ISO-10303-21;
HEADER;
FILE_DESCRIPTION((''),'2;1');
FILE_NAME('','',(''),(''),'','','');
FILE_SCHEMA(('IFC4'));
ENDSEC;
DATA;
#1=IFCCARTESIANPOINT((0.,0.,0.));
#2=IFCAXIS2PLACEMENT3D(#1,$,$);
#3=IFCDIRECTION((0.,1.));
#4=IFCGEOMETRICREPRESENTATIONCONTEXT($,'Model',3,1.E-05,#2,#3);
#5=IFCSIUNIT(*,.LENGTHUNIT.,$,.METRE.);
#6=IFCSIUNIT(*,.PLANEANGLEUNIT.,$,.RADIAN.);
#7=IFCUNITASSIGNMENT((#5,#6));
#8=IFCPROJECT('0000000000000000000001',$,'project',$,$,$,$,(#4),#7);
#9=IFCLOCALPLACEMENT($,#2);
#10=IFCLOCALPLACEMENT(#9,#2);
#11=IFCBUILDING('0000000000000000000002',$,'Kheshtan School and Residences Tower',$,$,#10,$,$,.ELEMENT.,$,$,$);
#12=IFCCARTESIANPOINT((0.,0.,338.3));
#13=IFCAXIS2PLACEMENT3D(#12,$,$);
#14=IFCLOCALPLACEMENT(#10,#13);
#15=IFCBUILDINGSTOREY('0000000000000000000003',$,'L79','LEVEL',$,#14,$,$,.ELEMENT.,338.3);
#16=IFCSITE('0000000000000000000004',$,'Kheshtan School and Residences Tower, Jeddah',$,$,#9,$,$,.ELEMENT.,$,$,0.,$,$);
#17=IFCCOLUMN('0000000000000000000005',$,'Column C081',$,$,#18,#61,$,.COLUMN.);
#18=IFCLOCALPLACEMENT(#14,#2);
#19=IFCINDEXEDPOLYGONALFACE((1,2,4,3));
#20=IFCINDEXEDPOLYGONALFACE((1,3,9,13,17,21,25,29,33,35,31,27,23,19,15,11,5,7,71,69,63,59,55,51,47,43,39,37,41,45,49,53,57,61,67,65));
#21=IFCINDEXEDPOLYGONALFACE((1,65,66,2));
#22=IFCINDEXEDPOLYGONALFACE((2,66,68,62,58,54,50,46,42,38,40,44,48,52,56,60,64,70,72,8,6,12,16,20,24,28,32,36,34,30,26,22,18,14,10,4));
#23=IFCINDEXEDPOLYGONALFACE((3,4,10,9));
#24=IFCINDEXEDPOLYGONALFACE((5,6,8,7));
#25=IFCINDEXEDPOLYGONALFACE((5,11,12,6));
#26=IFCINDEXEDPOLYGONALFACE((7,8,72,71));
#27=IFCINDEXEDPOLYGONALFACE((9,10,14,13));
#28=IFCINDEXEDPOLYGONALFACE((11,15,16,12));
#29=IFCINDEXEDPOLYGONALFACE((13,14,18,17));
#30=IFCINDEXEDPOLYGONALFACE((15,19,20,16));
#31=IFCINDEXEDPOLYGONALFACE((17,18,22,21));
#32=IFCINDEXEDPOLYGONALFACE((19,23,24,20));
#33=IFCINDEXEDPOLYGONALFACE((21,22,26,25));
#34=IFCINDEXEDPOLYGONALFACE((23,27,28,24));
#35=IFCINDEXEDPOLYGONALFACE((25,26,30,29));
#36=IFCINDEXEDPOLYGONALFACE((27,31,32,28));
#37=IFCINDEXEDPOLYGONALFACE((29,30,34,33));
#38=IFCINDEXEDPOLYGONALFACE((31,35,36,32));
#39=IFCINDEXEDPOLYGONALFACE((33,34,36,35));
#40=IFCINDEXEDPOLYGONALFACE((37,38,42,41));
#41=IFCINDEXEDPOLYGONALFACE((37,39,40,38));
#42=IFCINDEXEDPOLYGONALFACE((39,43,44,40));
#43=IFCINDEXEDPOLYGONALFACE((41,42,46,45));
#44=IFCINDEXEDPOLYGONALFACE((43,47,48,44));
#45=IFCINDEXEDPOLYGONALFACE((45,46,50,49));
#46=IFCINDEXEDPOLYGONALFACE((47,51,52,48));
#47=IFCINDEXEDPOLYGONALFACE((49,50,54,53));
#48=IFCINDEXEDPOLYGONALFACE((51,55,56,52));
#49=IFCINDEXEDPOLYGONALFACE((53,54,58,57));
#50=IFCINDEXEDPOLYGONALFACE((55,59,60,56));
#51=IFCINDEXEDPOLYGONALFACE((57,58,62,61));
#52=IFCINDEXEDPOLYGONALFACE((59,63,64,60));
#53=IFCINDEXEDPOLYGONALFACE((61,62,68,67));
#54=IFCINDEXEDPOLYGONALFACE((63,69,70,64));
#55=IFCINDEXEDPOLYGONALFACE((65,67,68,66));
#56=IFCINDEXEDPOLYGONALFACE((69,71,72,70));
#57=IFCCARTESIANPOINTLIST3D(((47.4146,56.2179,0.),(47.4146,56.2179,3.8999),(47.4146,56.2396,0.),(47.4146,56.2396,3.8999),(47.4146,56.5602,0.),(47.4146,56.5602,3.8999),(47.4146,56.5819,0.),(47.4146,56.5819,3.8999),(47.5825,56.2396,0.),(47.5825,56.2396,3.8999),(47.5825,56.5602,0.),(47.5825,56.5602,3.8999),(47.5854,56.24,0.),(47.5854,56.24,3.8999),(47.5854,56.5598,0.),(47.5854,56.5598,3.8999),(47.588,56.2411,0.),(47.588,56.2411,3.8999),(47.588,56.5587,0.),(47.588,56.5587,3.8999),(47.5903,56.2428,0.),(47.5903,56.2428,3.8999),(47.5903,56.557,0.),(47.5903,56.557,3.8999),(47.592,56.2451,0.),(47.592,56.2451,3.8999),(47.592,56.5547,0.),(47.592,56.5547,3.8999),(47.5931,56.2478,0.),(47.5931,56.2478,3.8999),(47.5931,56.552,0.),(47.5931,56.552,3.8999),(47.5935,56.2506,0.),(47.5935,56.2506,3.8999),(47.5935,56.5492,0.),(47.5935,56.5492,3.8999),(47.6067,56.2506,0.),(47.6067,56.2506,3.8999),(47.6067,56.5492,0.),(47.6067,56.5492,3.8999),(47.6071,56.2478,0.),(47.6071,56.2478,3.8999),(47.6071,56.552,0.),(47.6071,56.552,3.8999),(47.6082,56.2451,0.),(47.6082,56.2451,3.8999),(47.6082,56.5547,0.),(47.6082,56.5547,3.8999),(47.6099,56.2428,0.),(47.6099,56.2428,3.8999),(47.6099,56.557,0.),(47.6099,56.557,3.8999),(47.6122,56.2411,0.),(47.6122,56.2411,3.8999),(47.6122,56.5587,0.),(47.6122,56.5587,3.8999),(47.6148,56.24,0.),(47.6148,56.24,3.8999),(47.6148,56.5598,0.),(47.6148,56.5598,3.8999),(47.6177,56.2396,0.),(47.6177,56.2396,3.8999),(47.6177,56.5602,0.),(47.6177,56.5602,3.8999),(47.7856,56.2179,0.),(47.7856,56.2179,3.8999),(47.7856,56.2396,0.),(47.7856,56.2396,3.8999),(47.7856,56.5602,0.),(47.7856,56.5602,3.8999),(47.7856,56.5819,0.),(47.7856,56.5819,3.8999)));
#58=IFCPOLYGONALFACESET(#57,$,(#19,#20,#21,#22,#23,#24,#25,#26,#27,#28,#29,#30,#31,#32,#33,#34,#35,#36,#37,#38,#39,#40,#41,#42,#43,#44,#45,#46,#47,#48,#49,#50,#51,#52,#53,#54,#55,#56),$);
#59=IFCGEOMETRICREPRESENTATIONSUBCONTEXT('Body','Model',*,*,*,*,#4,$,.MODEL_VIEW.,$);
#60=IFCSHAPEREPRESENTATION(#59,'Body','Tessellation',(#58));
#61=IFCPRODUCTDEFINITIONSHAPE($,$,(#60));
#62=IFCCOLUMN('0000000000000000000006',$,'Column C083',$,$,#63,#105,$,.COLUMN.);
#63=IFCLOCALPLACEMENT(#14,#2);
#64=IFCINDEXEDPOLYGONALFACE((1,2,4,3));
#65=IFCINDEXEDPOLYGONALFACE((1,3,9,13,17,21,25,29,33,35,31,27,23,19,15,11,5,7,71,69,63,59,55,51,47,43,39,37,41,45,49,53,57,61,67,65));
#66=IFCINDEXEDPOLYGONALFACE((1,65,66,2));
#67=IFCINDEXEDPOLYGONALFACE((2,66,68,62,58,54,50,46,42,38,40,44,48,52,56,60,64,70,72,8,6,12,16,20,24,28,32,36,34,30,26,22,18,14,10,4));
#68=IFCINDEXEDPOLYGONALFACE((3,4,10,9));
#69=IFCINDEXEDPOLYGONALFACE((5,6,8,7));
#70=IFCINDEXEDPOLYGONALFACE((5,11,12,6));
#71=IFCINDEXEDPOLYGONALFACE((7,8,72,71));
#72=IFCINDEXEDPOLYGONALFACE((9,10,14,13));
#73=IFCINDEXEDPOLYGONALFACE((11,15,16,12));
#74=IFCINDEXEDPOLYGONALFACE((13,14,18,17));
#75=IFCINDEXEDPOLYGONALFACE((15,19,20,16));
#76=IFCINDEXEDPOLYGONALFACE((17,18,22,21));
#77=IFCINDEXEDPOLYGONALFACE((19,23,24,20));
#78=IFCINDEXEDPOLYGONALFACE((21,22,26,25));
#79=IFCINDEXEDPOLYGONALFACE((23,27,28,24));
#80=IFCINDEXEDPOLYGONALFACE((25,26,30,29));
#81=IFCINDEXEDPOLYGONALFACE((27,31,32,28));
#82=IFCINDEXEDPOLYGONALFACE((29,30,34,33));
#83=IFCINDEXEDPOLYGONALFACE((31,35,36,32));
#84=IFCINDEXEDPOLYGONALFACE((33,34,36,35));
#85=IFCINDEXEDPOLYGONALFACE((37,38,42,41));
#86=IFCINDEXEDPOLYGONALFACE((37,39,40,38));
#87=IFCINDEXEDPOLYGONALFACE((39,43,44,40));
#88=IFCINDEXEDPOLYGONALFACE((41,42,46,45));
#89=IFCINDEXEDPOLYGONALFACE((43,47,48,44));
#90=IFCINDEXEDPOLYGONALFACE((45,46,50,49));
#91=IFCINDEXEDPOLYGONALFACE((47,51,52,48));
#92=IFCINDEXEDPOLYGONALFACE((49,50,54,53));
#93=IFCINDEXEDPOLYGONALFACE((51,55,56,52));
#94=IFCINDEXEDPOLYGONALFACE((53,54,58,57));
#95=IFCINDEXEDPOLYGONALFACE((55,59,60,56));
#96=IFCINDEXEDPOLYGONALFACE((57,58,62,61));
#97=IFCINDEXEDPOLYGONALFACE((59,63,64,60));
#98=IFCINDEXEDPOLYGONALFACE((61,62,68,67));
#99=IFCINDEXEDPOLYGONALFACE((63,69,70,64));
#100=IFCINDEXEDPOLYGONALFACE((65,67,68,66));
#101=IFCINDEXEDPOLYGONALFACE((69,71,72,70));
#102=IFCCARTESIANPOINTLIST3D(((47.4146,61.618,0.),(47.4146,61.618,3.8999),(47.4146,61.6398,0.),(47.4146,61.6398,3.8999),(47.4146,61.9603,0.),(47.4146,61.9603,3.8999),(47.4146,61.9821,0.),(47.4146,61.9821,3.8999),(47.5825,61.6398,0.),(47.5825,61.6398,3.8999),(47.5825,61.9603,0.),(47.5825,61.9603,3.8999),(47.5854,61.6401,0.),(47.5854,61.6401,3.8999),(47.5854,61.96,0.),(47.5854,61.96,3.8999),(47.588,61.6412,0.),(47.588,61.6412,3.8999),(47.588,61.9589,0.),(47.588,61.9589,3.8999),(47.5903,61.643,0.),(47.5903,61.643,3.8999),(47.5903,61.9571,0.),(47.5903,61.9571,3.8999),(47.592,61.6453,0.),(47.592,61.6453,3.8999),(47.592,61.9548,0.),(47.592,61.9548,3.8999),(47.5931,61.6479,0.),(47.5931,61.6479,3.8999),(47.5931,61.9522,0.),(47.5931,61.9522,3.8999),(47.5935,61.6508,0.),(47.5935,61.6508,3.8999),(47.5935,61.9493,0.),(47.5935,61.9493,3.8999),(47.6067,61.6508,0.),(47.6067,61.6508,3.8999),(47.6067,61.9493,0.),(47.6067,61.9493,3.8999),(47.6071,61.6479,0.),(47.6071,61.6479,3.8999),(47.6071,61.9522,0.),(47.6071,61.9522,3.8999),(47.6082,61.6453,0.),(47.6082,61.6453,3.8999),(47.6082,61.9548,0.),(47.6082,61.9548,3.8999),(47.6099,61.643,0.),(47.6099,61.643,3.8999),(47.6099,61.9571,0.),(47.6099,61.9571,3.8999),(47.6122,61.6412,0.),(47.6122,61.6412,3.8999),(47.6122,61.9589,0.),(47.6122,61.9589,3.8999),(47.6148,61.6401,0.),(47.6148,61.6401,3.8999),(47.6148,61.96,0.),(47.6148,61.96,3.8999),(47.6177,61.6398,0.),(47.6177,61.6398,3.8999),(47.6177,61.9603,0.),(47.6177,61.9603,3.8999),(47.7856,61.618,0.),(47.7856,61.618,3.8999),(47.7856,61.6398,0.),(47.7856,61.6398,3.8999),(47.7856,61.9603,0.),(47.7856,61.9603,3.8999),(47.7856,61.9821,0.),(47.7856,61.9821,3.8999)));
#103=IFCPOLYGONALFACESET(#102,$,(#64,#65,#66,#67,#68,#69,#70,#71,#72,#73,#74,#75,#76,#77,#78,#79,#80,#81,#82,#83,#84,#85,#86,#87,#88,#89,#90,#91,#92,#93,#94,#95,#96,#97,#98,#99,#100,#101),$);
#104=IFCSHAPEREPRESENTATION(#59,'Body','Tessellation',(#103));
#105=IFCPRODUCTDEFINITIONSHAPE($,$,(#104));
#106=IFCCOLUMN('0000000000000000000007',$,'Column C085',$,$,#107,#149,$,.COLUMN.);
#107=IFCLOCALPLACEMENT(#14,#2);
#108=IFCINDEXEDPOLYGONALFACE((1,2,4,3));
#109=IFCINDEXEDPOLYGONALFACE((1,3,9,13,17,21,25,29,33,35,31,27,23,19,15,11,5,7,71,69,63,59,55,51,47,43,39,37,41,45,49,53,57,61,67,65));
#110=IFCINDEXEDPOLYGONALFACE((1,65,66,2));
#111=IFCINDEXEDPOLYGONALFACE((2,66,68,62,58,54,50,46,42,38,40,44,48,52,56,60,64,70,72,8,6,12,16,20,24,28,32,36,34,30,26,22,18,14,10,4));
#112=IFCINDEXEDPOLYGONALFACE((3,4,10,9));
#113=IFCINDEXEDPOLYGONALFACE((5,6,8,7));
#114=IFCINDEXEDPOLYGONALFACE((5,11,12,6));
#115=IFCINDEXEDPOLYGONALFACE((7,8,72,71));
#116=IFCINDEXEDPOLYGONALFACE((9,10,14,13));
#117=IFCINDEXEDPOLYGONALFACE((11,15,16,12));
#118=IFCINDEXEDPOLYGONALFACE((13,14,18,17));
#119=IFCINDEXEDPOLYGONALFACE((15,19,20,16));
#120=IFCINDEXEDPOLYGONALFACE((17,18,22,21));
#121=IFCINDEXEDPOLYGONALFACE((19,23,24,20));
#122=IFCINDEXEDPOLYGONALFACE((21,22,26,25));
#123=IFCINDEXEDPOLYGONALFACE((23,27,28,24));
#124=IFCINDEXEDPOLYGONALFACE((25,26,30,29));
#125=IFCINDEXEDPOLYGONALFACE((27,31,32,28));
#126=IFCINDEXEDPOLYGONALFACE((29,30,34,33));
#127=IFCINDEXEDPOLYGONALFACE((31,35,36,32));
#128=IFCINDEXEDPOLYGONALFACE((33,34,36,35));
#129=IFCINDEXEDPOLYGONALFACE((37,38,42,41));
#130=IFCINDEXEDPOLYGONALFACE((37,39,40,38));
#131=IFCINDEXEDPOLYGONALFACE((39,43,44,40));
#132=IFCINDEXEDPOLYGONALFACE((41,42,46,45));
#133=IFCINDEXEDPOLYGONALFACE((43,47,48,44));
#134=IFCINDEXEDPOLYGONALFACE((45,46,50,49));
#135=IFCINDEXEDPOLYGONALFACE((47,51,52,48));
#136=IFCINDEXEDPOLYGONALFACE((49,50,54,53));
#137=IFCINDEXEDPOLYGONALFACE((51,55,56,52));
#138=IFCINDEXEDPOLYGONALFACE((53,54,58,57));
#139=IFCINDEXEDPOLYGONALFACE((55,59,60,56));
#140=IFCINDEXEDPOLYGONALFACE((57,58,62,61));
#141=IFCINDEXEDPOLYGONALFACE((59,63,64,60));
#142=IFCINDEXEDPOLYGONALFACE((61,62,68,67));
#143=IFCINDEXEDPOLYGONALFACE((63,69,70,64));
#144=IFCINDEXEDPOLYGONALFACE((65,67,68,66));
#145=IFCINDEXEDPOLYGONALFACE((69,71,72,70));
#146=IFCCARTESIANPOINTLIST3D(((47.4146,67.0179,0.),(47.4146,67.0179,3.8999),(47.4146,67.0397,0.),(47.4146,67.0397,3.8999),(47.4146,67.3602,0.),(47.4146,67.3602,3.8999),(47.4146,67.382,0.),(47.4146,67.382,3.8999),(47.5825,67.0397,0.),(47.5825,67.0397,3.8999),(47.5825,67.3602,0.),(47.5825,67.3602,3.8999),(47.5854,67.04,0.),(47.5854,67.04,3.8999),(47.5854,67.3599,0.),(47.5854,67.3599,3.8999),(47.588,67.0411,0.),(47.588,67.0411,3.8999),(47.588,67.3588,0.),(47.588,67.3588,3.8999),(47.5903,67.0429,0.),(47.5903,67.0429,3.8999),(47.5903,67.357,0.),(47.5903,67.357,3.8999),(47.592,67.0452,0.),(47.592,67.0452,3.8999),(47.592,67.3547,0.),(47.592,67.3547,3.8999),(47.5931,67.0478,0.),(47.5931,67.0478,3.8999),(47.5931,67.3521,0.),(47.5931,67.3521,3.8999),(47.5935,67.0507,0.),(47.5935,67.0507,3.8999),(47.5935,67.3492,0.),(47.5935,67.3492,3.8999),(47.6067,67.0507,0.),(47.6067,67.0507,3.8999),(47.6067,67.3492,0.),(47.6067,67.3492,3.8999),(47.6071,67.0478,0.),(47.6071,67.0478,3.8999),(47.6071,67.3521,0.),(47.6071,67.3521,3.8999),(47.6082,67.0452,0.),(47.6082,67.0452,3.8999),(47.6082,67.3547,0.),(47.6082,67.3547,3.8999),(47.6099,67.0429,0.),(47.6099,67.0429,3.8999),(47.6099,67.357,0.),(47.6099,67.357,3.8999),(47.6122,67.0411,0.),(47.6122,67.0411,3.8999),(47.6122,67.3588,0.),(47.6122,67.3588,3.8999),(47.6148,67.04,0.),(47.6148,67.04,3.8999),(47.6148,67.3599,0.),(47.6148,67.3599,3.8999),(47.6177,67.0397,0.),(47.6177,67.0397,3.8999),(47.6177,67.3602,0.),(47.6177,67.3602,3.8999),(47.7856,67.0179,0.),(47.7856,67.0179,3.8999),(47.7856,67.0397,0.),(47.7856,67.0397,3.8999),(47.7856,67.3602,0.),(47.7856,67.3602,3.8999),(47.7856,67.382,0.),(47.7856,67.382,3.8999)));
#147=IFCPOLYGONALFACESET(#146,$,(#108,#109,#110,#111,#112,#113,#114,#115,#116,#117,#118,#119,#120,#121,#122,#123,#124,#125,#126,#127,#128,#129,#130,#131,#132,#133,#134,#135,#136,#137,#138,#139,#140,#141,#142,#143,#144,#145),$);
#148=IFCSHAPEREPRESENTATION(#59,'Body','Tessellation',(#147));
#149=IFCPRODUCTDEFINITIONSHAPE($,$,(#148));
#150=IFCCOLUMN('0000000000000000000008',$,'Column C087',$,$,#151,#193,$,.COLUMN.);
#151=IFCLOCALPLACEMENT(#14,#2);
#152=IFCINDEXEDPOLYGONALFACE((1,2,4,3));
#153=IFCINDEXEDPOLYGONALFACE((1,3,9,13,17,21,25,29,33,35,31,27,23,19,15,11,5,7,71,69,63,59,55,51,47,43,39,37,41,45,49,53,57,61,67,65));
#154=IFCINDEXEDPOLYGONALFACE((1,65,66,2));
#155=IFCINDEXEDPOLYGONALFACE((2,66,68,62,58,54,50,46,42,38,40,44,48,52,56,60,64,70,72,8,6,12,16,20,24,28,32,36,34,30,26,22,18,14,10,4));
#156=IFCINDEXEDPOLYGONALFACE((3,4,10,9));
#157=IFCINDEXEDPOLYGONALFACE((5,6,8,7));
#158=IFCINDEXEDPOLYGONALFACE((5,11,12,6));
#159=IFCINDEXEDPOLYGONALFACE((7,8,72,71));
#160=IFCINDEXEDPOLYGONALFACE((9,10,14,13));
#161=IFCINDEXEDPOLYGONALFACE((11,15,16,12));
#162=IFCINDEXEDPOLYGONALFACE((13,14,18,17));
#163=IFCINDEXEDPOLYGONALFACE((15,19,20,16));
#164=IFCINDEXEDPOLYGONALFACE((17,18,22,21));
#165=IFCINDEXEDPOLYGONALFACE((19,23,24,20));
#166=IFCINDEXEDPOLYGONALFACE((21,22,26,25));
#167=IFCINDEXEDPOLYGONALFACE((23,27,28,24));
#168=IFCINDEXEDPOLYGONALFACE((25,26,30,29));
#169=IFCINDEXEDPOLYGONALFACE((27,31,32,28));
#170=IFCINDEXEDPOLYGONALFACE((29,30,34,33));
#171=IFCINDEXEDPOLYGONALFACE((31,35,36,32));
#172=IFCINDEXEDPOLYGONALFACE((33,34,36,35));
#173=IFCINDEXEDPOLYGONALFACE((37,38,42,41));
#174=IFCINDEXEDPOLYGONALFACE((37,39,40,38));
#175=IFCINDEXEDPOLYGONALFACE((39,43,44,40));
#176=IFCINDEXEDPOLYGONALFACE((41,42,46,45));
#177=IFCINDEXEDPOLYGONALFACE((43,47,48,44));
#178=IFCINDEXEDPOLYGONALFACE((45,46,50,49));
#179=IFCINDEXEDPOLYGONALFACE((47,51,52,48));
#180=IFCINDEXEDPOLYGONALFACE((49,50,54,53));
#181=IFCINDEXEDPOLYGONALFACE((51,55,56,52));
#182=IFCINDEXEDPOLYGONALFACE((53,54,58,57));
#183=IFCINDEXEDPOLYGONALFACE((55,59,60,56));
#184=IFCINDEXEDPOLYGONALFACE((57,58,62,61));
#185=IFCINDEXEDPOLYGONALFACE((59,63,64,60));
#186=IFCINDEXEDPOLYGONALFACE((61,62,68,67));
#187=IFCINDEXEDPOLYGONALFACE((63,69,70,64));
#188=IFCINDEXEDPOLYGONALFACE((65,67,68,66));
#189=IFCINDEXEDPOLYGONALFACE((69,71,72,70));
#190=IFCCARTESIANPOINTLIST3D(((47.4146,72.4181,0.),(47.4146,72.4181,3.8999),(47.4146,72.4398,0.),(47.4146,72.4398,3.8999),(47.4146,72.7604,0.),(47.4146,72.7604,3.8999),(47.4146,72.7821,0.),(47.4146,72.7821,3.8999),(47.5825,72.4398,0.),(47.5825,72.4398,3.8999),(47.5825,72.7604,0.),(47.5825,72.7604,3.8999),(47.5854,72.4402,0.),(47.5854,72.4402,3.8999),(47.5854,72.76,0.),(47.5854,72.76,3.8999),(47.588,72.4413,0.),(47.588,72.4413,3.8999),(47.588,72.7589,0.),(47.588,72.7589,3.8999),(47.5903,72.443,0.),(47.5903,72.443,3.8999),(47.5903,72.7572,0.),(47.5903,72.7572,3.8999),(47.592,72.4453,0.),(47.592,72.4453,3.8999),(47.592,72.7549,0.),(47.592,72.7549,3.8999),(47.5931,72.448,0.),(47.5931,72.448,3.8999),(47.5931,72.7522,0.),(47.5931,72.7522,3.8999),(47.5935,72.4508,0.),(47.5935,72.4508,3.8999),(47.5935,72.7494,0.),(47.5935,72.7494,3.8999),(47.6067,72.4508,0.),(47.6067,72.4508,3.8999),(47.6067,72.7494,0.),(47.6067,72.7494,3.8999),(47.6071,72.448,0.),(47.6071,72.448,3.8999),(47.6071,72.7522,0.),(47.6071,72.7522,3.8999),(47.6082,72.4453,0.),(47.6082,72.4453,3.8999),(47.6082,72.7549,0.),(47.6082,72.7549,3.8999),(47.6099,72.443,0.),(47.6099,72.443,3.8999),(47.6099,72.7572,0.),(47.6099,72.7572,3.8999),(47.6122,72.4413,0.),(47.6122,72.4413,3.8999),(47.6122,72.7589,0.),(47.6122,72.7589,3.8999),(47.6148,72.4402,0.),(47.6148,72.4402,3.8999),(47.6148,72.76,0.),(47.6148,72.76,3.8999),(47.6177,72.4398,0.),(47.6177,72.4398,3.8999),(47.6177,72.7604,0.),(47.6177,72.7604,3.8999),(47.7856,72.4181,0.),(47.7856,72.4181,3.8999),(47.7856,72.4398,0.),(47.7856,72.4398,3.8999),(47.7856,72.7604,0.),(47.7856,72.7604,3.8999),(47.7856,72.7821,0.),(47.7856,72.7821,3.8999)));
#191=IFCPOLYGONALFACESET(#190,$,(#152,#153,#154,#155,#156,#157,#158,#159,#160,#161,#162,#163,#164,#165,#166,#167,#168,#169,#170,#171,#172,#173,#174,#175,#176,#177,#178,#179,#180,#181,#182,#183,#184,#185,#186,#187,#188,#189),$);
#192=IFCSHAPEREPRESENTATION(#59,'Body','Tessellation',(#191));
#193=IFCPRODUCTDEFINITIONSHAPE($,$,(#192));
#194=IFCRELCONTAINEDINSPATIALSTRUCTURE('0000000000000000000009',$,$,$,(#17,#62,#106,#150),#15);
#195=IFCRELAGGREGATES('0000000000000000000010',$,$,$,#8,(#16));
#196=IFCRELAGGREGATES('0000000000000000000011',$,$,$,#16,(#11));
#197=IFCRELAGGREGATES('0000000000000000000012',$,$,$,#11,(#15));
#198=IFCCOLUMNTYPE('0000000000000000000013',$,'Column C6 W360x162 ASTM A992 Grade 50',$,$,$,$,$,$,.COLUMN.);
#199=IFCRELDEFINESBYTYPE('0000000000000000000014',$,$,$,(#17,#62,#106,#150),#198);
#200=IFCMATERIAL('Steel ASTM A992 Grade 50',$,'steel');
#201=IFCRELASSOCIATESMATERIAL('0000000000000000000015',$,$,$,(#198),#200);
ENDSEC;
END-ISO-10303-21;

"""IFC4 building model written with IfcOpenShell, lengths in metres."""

from ifc_helpers import new_model, si_unit, direction, frame, origin, origin_2d, place, context, subcontext, project, spatial, i_section, extrude, material, material_profile, profile_set, type_object, element, save


model = new_model("IFC4")

# Units and contexts
model_context = context("Model", 3, precision=1e-05, world=origin(), true_north=direction((0.0, 1.0)))
body_context = subcontext(model_context, "Body", "Model", "MODEL_VIEW")
ifc_project = project(units=[si_unit("LENGTHUNIT", "METRE"), si_unit("PLANEANGLEUNIT", "RADIAN")], contexts=[model_context])

# Site, building, storey
site_placement = place(None, origin())
site = spatial("IfcSite", under=ifc_project, at=site_placement, Name="Kheshtan School and Residences Tower, Jeddah", CompositionType="ELEMENT", RefElevation=0.0)
building_placement = place(site_placement, origin())
building = spatial("IfcBuilding", under=site, at=building_placement, Name="Kheshtan School and Residences Tower", CompositionType="ELEMENT")
storey_placement = place(building_placement, frame((0.0, 0.0, 338.3)))
storey = spatial("IfcBuildingStorey", under=building, at=storey_placement, Name="L79", Description="LEVEL", CompositionType="ELEMENT", Elevation=338.3)

# Columns
ifc_material_1 = material(Name="Steel ASTM A992 Grade 50", Category="steel")
ifc_material_profile_1 = material_profile(ifc_material_1, i_section(OverallWidth=0.3711, OverallDepth=0.364, WebThickness=0.0132, FlangeThickness=0.0217, FilletRadius=0.011, at=origin_2d()), Name="W360x162")
ifc_profile_set_1 = profile_set([ifc_material_profile_1], Name="Steel ASTM A992 Grade 50")
column_type = type_object("IfcColumnType", Name="Column C6 W360x162 ASTM A992 Grade 50", PredefinedType="COLUMN", material=ifc_profile_set_1)
for number, where, z_axis, x_axis, name in (
    (1, (47.6001, 56.3999, 0.0), (0.0, 0.0, 1.0), (1.0, 0.0, 0.0), "Column C081"),
    (2, (47.6001, 61.8, 0.0), (0.0, 0.0, 1.0), (1.0, 0.0, 0.0), "Column C083"),
    (3, (47.6001, 67.2, 0.0), (0.0, 0.0, 1.0), (1.0, 0.0, 0.0), "Column C085"),
    (4, (47.6001, 72.6001, 0.0), (0.0, 0.0, 1.0), (1.0, 0.0, 0.0), "Column C087"),
):
    element("IfcColumn", number, at=place(storey_placement, frame(where, z_axis=z_axis, x_axis=x_axis)), inside=storey, type_object=column_type, Name=name, PredefinedType="COLUMN", context=body_context, shape_type="SweptSolid", body=[
        extrude(i_section(OverallWidth=0.3711, OverallDepth=0.364, WebThickness=0.0132, FlangeThickness=0.0217, FilletRadius=0.011, at=origin_2d()), origin(), (0.0, 0.0, 1.0), 3.8999),
    ])

save(model, "model.ifc")
